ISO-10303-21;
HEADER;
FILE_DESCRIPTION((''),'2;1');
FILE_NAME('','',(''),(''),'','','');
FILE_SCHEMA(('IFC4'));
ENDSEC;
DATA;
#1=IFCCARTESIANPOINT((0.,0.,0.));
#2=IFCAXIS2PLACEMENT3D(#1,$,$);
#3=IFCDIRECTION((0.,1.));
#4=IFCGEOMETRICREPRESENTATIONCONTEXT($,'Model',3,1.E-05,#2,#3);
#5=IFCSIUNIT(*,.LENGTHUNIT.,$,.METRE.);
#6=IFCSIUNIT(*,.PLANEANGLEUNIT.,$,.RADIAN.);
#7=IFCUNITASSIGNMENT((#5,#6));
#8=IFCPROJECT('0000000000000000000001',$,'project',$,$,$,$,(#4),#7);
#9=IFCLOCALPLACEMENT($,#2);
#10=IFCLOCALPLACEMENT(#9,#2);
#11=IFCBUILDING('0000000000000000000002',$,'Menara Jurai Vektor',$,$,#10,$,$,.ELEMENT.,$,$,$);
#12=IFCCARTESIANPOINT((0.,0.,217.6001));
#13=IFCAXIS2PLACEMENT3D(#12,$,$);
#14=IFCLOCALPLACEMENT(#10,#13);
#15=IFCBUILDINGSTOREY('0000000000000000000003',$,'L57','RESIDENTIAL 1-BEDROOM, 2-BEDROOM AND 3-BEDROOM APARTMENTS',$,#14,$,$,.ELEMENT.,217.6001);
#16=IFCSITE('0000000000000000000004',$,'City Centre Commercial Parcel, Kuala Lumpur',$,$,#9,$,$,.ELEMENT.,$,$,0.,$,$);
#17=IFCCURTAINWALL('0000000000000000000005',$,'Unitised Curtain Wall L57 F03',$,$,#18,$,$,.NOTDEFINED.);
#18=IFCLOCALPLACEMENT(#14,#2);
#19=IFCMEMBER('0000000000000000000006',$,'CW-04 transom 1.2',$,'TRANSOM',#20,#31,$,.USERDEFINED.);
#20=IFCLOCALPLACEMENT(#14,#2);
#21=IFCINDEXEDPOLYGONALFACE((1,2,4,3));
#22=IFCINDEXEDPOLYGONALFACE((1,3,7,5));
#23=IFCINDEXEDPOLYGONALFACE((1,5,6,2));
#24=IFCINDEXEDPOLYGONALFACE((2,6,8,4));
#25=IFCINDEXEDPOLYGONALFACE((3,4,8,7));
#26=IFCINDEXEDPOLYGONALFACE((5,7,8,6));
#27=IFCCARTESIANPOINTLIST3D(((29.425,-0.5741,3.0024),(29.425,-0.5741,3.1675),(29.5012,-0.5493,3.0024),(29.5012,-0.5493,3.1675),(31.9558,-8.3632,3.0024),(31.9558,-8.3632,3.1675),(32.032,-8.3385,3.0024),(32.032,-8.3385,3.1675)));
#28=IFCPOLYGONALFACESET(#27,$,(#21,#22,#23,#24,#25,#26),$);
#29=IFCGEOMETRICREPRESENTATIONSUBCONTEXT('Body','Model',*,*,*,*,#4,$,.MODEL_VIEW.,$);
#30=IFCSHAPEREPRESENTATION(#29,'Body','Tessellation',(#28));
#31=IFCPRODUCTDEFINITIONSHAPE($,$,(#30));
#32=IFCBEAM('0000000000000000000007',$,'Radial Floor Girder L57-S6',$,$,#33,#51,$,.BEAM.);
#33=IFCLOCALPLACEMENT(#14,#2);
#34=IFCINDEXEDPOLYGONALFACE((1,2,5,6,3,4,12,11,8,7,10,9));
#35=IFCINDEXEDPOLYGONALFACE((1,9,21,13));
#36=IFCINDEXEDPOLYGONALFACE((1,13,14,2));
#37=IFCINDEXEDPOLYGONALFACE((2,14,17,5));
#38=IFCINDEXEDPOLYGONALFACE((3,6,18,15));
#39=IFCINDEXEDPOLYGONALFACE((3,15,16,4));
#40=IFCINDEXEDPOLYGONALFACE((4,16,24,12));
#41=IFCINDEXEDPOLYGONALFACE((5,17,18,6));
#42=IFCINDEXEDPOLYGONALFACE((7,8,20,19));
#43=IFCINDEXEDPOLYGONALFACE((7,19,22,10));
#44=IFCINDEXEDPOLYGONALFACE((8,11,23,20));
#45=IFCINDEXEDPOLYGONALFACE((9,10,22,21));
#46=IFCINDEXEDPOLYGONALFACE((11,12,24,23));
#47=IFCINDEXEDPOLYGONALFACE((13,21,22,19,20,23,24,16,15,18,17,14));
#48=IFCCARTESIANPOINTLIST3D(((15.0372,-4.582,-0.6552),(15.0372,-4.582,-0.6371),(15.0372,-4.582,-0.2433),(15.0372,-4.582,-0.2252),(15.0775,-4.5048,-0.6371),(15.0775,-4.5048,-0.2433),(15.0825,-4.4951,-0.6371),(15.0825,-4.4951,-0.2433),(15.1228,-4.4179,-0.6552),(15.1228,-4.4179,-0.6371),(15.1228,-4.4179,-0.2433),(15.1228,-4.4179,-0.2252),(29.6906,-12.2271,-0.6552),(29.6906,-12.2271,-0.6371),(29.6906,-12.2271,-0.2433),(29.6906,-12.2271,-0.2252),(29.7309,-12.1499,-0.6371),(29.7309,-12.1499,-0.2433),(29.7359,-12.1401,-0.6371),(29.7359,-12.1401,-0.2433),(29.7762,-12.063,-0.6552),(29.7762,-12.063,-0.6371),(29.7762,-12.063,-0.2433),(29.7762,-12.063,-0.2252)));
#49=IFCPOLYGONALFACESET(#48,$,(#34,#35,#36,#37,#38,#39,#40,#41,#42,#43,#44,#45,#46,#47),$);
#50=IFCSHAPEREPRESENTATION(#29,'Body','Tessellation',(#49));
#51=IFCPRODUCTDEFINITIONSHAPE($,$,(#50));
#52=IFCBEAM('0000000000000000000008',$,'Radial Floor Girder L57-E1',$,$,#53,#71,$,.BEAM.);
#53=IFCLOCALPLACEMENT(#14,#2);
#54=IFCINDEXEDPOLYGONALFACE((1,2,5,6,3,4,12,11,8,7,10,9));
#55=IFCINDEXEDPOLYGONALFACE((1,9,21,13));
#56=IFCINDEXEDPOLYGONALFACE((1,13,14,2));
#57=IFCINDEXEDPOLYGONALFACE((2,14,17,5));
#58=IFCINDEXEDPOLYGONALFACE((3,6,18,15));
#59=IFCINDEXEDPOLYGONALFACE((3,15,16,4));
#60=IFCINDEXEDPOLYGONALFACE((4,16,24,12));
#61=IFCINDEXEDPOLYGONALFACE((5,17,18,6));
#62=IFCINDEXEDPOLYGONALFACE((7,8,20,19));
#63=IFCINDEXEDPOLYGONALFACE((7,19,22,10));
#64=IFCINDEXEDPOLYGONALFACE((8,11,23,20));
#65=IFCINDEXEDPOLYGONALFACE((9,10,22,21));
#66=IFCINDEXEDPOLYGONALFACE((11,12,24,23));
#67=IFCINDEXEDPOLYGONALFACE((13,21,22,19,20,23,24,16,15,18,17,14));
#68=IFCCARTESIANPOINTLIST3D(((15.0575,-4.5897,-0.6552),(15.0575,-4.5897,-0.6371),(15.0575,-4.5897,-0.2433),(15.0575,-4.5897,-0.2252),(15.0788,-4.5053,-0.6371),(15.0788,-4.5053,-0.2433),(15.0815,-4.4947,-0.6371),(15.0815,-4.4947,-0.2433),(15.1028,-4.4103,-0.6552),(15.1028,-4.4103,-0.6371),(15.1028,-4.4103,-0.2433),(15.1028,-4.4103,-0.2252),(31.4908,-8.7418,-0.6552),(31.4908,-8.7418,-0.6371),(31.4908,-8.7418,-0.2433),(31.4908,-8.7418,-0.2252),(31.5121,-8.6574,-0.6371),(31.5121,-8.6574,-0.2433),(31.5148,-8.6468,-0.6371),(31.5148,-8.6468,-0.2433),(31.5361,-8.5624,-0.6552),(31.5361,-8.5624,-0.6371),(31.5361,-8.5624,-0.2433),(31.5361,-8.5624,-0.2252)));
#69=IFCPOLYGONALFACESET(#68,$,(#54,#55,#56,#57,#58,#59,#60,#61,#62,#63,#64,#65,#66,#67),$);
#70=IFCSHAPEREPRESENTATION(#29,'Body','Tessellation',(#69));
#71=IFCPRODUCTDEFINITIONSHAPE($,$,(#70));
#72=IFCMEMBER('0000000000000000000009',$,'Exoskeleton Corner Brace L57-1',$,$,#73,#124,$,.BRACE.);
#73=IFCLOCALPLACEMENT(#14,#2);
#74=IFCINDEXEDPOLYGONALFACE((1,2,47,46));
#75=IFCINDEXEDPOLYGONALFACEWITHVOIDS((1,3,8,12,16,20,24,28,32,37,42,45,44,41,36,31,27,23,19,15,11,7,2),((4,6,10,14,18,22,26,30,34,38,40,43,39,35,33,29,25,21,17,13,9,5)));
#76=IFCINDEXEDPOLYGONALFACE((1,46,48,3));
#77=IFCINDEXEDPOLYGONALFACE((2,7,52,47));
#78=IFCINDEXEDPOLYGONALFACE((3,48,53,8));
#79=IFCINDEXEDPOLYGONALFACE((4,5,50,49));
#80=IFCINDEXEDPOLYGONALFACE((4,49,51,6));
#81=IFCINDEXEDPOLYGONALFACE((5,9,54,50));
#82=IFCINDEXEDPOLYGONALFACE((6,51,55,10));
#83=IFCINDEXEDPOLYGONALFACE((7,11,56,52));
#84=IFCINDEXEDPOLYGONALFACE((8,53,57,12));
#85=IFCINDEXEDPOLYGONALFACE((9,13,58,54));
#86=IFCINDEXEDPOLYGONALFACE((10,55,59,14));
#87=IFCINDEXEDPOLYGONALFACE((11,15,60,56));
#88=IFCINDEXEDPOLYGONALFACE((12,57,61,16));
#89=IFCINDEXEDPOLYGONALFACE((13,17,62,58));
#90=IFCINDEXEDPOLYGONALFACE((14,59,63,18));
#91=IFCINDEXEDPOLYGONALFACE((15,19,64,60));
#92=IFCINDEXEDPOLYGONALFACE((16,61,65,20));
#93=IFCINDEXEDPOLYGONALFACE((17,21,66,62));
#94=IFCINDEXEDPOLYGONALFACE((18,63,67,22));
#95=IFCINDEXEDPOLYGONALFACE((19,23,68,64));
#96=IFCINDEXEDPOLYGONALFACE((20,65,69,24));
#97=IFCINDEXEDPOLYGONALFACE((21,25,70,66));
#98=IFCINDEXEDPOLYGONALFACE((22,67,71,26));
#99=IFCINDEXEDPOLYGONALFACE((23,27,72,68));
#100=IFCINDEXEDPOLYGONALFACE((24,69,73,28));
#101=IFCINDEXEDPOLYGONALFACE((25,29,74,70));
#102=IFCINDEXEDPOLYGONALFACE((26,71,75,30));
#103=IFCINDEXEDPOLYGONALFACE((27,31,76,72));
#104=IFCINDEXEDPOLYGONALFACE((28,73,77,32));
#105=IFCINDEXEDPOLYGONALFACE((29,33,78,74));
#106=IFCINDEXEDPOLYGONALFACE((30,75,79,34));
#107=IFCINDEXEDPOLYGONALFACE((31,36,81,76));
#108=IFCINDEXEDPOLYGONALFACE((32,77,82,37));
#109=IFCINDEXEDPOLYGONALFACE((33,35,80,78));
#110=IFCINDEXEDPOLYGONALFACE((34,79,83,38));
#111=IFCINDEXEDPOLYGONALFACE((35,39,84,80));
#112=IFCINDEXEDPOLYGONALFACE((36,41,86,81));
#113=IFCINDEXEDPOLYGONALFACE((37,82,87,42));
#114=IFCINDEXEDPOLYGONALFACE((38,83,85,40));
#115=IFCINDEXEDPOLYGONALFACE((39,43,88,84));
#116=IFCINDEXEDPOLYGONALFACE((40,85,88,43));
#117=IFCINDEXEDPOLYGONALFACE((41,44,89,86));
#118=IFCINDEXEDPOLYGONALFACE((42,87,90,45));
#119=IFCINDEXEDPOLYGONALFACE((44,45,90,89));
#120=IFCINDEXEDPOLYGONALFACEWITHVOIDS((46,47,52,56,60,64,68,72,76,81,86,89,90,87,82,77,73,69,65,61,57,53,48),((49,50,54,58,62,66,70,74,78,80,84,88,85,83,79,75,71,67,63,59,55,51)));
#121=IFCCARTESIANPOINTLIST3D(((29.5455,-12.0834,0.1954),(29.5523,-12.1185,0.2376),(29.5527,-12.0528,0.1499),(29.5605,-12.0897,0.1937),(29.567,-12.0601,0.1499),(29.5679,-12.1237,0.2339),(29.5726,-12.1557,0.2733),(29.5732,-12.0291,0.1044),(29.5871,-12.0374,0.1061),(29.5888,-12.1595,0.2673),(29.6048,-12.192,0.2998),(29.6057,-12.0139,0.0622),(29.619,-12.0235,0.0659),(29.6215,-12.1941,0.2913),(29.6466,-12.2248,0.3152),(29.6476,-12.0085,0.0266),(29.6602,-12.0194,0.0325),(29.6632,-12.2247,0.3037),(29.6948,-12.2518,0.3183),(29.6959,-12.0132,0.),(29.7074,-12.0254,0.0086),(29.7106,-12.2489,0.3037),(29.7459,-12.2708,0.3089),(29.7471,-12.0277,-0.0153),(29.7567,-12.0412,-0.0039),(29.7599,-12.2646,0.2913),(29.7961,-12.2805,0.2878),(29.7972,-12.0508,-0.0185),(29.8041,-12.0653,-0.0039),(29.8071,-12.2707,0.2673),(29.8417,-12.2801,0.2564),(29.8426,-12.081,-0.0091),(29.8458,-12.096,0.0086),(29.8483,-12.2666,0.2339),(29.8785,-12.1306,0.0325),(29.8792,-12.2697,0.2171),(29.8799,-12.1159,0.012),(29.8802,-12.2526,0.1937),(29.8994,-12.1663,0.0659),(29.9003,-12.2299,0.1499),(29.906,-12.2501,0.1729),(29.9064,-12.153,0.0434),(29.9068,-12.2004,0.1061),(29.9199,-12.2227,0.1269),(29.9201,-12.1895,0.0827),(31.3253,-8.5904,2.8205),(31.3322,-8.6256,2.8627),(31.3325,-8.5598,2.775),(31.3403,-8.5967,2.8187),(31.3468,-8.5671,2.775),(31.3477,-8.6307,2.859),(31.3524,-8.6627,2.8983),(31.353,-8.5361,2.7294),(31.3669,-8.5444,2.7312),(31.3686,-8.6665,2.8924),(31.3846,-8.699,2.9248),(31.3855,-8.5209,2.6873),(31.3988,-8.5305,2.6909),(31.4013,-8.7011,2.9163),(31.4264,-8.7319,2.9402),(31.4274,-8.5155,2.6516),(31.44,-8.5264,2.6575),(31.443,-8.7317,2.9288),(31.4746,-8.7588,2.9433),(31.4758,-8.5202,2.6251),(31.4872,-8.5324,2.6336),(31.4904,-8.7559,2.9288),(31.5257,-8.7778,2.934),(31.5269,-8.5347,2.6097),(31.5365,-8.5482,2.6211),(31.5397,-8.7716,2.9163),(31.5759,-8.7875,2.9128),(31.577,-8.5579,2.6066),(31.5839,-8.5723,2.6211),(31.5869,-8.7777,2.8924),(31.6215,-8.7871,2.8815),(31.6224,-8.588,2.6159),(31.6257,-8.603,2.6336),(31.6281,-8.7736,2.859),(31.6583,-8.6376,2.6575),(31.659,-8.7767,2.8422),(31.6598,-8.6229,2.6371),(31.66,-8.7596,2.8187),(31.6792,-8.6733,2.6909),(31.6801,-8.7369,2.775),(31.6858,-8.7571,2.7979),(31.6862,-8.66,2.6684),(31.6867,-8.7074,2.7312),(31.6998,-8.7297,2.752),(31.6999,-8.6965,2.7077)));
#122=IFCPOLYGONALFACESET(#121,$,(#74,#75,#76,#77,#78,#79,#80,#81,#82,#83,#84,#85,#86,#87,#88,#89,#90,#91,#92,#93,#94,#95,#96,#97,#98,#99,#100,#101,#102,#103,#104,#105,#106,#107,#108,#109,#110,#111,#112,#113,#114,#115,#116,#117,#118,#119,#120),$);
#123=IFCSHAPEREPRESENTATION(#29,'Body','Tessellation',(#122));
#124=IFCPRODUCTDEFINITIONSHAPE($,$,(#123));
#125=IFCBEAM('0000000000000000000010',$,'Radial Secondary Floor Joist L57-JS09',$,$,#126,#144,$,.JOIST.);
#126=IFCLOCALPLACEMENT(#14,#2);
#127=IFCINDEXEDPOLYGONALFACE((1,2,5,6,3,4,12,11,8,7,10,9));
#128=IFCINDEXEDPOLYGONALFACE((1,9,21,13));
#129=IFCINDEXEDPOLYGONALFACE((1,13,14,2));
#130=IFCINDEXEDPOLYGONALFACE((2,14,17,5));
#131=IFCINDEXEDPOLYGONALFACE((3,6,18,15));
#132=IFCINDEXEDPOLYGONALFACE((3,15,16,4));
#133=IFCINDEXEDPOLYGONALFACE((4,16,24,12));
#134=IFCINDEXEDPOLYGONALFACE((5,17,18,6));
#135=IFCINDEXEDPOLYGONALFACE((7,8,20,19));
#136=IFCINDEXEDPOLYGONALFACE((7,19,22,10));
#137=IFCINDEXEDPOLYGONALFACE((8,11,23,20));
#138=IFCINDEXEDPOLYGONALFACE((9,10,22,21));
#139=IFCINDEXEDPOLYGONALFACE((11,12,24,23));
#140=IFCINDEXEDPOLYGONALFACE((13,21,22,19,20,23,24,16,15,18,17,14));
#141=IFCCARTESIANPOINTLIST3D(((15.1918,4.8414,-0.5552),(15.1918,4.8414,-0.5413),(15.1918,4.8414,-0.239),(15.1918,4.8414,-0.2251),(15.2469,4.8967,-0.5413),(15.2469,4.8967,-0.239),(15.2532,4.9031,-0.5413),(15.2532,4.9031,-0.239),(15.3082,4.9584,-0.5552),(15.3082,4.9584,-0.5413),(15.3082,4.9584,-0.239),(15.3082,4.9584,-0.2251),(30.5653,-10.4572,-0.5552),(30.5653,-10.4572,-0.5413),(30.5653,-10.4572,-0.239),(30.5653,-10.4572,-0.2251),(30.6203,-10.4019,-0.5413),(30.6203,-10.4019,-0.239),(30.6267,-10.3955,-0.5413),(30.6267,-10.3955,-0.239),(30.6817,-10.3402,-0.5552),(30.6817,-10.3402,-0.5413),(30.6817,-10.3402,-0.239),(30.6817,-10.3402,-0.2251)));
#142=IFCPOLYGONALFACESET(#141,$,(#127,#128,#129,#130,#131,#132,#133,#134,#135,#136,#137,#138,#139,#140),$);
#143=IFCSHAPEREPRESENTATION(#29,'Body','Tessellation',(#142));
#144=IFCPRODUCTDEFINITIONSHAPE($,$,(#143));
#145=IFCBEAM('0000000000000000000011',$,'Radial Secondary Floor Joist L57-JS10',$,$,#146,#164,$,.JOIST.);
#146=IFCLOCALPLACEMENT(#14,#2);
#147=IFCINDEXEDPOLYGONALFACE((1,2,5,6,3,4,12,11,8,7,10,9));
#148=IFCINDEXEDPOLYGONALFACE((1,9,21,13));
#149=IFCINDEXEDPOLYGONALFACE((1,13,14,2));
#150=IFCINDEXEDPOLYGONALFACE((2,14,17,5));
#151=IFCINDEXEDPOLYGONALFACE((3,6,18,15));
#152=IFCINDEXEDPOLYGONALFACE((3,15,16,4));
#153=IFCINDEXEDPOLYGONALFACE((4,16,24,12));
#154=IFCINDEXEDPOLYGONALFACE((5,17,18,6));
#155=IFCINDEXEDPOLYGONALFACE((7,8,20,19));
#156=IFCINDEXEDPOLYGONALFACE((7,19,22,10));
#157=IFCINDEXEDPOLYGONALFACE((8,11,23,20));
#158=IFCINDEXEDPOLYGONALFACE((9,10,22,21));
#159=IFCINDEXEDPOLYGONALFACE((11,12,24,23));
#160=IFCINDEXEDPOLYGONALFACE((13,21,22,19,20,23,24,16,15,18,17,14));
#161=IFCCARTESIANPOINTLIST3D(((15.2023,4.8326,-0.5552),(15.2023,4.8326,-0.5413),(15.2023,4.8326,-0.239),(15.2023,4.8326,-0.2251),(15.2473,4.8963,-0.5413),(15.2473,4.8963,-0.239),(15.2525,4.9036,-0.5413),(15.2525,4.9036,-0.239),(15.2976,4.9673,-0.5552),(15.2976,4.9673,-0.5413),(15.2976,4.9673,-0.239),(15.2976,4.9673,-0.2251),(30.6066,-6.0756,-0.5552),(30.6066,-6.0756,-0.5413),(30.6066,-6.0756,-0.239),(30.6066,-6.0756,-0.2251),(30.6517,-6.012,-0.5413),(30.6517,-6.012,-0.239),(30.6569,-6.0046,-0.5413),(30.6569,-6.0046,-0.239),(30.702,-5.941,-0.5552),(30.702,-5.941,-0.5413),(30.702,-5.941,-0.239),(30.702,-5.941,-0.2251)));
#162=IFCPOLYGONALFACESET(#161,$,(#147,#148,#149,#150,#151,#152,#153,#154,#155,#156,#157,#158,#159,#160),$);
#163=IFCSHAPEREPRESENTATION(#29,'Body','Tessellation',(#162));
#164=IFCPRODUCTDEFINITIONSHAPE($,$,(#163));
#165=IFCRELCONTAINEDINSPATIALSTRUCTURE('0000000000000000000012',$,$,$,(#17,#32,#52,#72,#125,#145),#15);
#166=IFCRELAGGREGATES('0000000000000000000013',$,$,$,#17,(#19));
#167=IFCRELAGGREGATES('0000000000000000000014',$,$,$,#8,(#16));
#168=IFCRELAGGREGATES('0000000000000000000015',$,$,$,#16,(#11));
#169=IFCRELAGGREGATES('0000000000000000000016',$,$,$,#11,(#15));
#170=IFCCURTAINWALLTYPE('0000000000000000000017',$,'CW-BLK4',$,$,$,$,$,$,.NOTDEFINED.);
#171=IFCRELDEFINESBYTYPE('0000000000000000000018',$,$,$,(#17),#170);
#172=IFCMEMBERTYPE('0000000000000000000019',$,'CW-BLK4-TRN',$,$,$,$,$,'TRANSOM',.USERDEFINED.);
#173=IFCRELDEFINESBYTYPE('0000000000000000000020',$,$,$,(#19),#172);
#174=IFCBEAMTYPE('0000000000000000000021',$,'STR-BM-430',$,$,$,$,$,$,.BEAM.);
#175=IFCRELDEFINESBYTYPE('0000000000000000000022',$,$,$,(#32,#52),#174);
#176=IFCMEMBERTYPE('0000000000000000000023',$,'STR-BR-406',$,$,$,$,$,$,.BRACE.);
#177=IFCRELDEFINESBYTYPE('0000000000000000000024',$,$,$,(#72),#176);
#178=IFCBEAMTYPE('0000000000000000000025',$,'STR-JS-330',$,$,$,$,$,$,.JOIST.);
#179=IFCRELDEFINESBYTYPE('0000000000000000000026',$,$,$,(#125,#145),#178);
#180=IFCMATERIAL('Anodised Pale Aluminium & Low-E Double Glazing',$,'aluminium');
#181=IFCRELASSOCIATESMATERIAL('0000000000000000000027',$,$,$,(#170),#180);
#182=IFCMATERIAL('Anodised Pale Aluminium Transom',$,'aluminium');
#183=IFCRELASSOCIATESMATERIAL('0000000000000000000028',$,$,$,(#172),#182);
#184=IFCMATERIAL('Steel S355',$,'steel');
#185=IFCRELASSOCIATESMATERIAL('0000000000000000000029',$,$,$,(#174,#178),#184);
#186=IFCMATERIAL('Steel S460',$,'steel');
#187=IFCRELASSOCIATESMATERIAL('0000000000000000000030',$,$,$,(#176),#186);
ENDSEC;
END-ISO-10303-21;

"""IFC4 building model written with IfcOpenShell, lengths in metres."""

from ifc_helpers import new_model, si_unit, direction, frame, origin, origin_2d, place, context, subcontext, project, spatial, rectangle, hollow_circle, i_section, extrude, material, material_profile, profile_set, type_object, element, aggregate, save


model = new_model("IFC4")

# Units and contexts
model_context = context("Model", 3, precision=1e-05, world=origin(), true_north=direction((0.0, 1.0)))
body_context = subcontext(model_context, "Body", "Model", "MODEL_VIEW")
ifc_project = project(units=[si_unit("LENGTHUNIT", "METRE"), si_unit("PLANEANGLEUNIT", "RADIAN")], contexts=[model_context])

# Site, building, storey
site_placement = place(None, origin())
site = spatial("IfcSite", under=ifc_project, at=site_placement, Name="City Centre Commercial Parcel, Kuala Lumpur", CompositionType="ELEMENT", RefElevation=0.0)
building_placement = place(site_placement, origin())
building = spatial("IfcBuilding", under=site, at=building_placement, Name="Menara Jurai Vektor", CompositionType="ELEMENT")
storey_placement = place(building_placement, frame((0.0, 0.0, 217.6001)))
storey = spatial("IfcBuildingStorey", under=building, at=storey_placement, Name="L57", Description="RESIDENTIAL 1-BEDROOM, 2-BEDROOM AND 3-BEDROOM APARTMENTS", CompositionType="ELEMENT", Elevation=217.6001)

# Shared definitions
ifc_material_1 = material(Name="Steel S460", Category="steel")

# Shared definitions
ifc_material_2 = material(Name="Anodised Pale Aluminium & Low-E Double Glazing", Category="aluminium")
curtain_wall_type = type_object("IfcCurtainWallType", Name="CW-BLK4", PredefinedType="NOTDEFINED", material=ifc_material_2)

# Curtain wall
curtain_wall_1_placement = place(storey_placement, origin())
curtain_wall_1 = element("IfcCurtainWall", 1, at=curtain_wall_1_placement, inside=storey, type_object=curtain_wall_type, Name="Unitised Curtain Wall L57 F03", PredefinedType="NOTDEFINED")

# Member
ifc_material_3 = material(Name="Anodised Pale Aluminium Transom", Category="aluminium")
ifc_material_profile_1 = material_profile(ifc_material_3, rectangle(XDim=0.0801, YDim=0.165, at=origin_2d()), Name="ALU TRN 80x165")
ifc_profile_set_1 = profile_set([ifc_material_profile_1], Name="Anodised Pale Aluminium Transom")
member_type_1 = type_object("IfcMemberType", Name="CW-BLK4-TRN", ElementType="TRANSOM", PredefinedType="USERDEFINED", material=ifc_profile_set_1)
member_1_placement = place(storey_placement, frame((31.9939, -8.3508, 3.085), z_axis=(-0.309011, 0.951059, 0.0), x_axis=(-0.951059, -0.309011, 0.0)))
member_1 = element("IfcMember", 2, at=member_1_placement, type_object=member_type_1, Name="CW-04 transom 1.2", ObjectType="TRANSOM", PredefinedType="USERDEFINED", context=body_context, shape_type="SweptSolid", body=[
    extrude(rectangle(XDim=0.0801, YDim=0.165, at=origin_2d()), origin(), (0.0, 0.0, 1.0), 8.1899),
])

# Beams
ifc_material_4 = material(Name="Steel S355", Category="steel")
ifc_material_profile_2 = material_profile(ifc_material_4, i_section(OverallWidth=0.1851, OverallDepth=0.4299, WebThickness=0.011, FlangeThickness=0.0181, at=origin_2d()), Name="PG 430x185x76")
ifc_profile_set_2 = profile_set([ifc_material_profile_2], Name="Steel S355")
beam_type_1 = type_object("IfcBeamType", Name="STR-BM-430", PredefinedType="BEAM", material=ifc_profile_set_2)
beam_1_placement = place(storey_placement, frame((29.7334, -12.145, -0.4402), z_axis=(-0.88659, 0.462557, 0.0), x_axis=(-0.462557, -0.88659, 0.0)))
element("IfcBeam", 3, at=beam_1_placement, inside=storey, type_object=beam_type_1, Name="Radial Floor Girder L57-S6", PredefinedType="BEAM", context=body_context, shape_type="SweptSolid", body=[
    extrude(i_section(OverallWidth=0.1851, OverallDepth=0.4299, WebThickness=0.011, FlangeThickness=0.0181, at=origin_2d()), origin(), (0.0, 0.0, 1.0), 16.5278),
])
beam_2_placement = place(storey_placement, frame((31.5134, -8.6521, -0.4402), z_axis=(-0.969532, 0.244965, 0.0), x_axis=(-0.244965, -0.969532, 0.0)))
element("IfcBeam", 4, at=beam_2_placement, inside=storey, type_object=beam_type_1, Name="Radial Floor Girder L57-E1", PredefinedType="BEAM", context=body_context, shape_type="SweptSolid", body=[
    extrude(i_section(OverallWidth=0.1851, OverallDepth=0.4299, WebThickness=0.011, FlangeThickness=0.0181, at=origin_2d()), origin(), (0.0, 0.0, 1.0), 16.9497),
])

# Member
ifc_material_profile_3 = material_profile(ifc_material_1, hollow_circle(Radius=0.2031, WallThickness=0.0161, at=origin_2d()), Name="CHS 406.4x16")
ifc_profile_set_3 = profile_set([ifc_material_profile_3], Name="Steel S460")
member_type_2 = type_object("IfcMemberType", Name="STR-BR-406", PredefinedType="BRACE", material=ifc_profile_set_3)
member_2_placement = place(storey_placement, frame((29.7336, -12.145, 0.1499), z_axis=(0.37724, 0.740352, 0.556389), x_axis=(-0.891001, 0.454001, 0.0)))
element("IfcMember", 5, at=member_2_placement, inside=storey, type_object=member_type_2, Name="Exoskeleton Corner Brace L57-1", PredefinedType="BRACE", context=body_context, shape_type="SweptSolid", body=[
    extrude(hollow_circle(Radius=0.2031, WallThickness=0.0161, at=origin_2d()), origin(), (0.0, 0.0, 1.0), 4.718),
])

# Beams
ifc_material_profile_4 = material_profile(ifc_material_4, i_section(OverallWidth=0.165, OverallDepth=0.3301, WebThickness=0.009, FlangeThickness=0.0139, at=origin_2d()), Name="PG 330x165x46")
ifc_profile_set_4 = profile_set([ifc_material_profile_4], Name="Steel S355")
beam_type_2 = type_object("IfcBeamType", Name="STR-JS-330", PredefinedType="JOIST", material=ifc_profile_set_4)
beam_3_placement = place(storey_placement, frame((30.6235, -10.3987, -0.3901), z_axis=(-0.708833, 0.705377, 0.0), x_axis=(-0.705377, -0.708833, 0.0)))
element("IfcBeam", 6, at=beam_3_placement, inside=storey, type_object=beam_type_2, Name="Radial Secondary Floor Joist L57-JS09", PredefinedType="JOIST", context=body_context, shape_type="SweptSolid", body=[
    extrude(i_section(OverallWidth=0.165, OverallDepth=0.3301, WebThickness=0.009, FlangeThickness=0.0139, at=origin_2d()), origin(), (0.0, 0.0, 1.0), 21.6885),
])
beam_4_placement = place(storey_placement, frame((30.6543, -6.0083, -0.3901), z_axis=(-0.816104, 0.577905, 0.0), x_axis=(-0.577905, -0.816104, 0.0)))
element("IfcBeam", 7, at=beam_4_placement, inside=storey, type_object=beam_type_2, Name="Radial Secondary Floor Joist L57-JS10", PredefinedType="JOIST", context=body_context, shape_type="SweptSolid", body=[
    extrude(i_section(OverallWidth=0.165, OverallDepth=0.3301, WebThickness=0.009, FlangeThickness=0.0139, at=origin_2d()), origin(), (0.0, 0.0, 1.0), 18.8755),
])

aggregate(curtain_wall_1, [member_1])

save(model, "model.ifc")
